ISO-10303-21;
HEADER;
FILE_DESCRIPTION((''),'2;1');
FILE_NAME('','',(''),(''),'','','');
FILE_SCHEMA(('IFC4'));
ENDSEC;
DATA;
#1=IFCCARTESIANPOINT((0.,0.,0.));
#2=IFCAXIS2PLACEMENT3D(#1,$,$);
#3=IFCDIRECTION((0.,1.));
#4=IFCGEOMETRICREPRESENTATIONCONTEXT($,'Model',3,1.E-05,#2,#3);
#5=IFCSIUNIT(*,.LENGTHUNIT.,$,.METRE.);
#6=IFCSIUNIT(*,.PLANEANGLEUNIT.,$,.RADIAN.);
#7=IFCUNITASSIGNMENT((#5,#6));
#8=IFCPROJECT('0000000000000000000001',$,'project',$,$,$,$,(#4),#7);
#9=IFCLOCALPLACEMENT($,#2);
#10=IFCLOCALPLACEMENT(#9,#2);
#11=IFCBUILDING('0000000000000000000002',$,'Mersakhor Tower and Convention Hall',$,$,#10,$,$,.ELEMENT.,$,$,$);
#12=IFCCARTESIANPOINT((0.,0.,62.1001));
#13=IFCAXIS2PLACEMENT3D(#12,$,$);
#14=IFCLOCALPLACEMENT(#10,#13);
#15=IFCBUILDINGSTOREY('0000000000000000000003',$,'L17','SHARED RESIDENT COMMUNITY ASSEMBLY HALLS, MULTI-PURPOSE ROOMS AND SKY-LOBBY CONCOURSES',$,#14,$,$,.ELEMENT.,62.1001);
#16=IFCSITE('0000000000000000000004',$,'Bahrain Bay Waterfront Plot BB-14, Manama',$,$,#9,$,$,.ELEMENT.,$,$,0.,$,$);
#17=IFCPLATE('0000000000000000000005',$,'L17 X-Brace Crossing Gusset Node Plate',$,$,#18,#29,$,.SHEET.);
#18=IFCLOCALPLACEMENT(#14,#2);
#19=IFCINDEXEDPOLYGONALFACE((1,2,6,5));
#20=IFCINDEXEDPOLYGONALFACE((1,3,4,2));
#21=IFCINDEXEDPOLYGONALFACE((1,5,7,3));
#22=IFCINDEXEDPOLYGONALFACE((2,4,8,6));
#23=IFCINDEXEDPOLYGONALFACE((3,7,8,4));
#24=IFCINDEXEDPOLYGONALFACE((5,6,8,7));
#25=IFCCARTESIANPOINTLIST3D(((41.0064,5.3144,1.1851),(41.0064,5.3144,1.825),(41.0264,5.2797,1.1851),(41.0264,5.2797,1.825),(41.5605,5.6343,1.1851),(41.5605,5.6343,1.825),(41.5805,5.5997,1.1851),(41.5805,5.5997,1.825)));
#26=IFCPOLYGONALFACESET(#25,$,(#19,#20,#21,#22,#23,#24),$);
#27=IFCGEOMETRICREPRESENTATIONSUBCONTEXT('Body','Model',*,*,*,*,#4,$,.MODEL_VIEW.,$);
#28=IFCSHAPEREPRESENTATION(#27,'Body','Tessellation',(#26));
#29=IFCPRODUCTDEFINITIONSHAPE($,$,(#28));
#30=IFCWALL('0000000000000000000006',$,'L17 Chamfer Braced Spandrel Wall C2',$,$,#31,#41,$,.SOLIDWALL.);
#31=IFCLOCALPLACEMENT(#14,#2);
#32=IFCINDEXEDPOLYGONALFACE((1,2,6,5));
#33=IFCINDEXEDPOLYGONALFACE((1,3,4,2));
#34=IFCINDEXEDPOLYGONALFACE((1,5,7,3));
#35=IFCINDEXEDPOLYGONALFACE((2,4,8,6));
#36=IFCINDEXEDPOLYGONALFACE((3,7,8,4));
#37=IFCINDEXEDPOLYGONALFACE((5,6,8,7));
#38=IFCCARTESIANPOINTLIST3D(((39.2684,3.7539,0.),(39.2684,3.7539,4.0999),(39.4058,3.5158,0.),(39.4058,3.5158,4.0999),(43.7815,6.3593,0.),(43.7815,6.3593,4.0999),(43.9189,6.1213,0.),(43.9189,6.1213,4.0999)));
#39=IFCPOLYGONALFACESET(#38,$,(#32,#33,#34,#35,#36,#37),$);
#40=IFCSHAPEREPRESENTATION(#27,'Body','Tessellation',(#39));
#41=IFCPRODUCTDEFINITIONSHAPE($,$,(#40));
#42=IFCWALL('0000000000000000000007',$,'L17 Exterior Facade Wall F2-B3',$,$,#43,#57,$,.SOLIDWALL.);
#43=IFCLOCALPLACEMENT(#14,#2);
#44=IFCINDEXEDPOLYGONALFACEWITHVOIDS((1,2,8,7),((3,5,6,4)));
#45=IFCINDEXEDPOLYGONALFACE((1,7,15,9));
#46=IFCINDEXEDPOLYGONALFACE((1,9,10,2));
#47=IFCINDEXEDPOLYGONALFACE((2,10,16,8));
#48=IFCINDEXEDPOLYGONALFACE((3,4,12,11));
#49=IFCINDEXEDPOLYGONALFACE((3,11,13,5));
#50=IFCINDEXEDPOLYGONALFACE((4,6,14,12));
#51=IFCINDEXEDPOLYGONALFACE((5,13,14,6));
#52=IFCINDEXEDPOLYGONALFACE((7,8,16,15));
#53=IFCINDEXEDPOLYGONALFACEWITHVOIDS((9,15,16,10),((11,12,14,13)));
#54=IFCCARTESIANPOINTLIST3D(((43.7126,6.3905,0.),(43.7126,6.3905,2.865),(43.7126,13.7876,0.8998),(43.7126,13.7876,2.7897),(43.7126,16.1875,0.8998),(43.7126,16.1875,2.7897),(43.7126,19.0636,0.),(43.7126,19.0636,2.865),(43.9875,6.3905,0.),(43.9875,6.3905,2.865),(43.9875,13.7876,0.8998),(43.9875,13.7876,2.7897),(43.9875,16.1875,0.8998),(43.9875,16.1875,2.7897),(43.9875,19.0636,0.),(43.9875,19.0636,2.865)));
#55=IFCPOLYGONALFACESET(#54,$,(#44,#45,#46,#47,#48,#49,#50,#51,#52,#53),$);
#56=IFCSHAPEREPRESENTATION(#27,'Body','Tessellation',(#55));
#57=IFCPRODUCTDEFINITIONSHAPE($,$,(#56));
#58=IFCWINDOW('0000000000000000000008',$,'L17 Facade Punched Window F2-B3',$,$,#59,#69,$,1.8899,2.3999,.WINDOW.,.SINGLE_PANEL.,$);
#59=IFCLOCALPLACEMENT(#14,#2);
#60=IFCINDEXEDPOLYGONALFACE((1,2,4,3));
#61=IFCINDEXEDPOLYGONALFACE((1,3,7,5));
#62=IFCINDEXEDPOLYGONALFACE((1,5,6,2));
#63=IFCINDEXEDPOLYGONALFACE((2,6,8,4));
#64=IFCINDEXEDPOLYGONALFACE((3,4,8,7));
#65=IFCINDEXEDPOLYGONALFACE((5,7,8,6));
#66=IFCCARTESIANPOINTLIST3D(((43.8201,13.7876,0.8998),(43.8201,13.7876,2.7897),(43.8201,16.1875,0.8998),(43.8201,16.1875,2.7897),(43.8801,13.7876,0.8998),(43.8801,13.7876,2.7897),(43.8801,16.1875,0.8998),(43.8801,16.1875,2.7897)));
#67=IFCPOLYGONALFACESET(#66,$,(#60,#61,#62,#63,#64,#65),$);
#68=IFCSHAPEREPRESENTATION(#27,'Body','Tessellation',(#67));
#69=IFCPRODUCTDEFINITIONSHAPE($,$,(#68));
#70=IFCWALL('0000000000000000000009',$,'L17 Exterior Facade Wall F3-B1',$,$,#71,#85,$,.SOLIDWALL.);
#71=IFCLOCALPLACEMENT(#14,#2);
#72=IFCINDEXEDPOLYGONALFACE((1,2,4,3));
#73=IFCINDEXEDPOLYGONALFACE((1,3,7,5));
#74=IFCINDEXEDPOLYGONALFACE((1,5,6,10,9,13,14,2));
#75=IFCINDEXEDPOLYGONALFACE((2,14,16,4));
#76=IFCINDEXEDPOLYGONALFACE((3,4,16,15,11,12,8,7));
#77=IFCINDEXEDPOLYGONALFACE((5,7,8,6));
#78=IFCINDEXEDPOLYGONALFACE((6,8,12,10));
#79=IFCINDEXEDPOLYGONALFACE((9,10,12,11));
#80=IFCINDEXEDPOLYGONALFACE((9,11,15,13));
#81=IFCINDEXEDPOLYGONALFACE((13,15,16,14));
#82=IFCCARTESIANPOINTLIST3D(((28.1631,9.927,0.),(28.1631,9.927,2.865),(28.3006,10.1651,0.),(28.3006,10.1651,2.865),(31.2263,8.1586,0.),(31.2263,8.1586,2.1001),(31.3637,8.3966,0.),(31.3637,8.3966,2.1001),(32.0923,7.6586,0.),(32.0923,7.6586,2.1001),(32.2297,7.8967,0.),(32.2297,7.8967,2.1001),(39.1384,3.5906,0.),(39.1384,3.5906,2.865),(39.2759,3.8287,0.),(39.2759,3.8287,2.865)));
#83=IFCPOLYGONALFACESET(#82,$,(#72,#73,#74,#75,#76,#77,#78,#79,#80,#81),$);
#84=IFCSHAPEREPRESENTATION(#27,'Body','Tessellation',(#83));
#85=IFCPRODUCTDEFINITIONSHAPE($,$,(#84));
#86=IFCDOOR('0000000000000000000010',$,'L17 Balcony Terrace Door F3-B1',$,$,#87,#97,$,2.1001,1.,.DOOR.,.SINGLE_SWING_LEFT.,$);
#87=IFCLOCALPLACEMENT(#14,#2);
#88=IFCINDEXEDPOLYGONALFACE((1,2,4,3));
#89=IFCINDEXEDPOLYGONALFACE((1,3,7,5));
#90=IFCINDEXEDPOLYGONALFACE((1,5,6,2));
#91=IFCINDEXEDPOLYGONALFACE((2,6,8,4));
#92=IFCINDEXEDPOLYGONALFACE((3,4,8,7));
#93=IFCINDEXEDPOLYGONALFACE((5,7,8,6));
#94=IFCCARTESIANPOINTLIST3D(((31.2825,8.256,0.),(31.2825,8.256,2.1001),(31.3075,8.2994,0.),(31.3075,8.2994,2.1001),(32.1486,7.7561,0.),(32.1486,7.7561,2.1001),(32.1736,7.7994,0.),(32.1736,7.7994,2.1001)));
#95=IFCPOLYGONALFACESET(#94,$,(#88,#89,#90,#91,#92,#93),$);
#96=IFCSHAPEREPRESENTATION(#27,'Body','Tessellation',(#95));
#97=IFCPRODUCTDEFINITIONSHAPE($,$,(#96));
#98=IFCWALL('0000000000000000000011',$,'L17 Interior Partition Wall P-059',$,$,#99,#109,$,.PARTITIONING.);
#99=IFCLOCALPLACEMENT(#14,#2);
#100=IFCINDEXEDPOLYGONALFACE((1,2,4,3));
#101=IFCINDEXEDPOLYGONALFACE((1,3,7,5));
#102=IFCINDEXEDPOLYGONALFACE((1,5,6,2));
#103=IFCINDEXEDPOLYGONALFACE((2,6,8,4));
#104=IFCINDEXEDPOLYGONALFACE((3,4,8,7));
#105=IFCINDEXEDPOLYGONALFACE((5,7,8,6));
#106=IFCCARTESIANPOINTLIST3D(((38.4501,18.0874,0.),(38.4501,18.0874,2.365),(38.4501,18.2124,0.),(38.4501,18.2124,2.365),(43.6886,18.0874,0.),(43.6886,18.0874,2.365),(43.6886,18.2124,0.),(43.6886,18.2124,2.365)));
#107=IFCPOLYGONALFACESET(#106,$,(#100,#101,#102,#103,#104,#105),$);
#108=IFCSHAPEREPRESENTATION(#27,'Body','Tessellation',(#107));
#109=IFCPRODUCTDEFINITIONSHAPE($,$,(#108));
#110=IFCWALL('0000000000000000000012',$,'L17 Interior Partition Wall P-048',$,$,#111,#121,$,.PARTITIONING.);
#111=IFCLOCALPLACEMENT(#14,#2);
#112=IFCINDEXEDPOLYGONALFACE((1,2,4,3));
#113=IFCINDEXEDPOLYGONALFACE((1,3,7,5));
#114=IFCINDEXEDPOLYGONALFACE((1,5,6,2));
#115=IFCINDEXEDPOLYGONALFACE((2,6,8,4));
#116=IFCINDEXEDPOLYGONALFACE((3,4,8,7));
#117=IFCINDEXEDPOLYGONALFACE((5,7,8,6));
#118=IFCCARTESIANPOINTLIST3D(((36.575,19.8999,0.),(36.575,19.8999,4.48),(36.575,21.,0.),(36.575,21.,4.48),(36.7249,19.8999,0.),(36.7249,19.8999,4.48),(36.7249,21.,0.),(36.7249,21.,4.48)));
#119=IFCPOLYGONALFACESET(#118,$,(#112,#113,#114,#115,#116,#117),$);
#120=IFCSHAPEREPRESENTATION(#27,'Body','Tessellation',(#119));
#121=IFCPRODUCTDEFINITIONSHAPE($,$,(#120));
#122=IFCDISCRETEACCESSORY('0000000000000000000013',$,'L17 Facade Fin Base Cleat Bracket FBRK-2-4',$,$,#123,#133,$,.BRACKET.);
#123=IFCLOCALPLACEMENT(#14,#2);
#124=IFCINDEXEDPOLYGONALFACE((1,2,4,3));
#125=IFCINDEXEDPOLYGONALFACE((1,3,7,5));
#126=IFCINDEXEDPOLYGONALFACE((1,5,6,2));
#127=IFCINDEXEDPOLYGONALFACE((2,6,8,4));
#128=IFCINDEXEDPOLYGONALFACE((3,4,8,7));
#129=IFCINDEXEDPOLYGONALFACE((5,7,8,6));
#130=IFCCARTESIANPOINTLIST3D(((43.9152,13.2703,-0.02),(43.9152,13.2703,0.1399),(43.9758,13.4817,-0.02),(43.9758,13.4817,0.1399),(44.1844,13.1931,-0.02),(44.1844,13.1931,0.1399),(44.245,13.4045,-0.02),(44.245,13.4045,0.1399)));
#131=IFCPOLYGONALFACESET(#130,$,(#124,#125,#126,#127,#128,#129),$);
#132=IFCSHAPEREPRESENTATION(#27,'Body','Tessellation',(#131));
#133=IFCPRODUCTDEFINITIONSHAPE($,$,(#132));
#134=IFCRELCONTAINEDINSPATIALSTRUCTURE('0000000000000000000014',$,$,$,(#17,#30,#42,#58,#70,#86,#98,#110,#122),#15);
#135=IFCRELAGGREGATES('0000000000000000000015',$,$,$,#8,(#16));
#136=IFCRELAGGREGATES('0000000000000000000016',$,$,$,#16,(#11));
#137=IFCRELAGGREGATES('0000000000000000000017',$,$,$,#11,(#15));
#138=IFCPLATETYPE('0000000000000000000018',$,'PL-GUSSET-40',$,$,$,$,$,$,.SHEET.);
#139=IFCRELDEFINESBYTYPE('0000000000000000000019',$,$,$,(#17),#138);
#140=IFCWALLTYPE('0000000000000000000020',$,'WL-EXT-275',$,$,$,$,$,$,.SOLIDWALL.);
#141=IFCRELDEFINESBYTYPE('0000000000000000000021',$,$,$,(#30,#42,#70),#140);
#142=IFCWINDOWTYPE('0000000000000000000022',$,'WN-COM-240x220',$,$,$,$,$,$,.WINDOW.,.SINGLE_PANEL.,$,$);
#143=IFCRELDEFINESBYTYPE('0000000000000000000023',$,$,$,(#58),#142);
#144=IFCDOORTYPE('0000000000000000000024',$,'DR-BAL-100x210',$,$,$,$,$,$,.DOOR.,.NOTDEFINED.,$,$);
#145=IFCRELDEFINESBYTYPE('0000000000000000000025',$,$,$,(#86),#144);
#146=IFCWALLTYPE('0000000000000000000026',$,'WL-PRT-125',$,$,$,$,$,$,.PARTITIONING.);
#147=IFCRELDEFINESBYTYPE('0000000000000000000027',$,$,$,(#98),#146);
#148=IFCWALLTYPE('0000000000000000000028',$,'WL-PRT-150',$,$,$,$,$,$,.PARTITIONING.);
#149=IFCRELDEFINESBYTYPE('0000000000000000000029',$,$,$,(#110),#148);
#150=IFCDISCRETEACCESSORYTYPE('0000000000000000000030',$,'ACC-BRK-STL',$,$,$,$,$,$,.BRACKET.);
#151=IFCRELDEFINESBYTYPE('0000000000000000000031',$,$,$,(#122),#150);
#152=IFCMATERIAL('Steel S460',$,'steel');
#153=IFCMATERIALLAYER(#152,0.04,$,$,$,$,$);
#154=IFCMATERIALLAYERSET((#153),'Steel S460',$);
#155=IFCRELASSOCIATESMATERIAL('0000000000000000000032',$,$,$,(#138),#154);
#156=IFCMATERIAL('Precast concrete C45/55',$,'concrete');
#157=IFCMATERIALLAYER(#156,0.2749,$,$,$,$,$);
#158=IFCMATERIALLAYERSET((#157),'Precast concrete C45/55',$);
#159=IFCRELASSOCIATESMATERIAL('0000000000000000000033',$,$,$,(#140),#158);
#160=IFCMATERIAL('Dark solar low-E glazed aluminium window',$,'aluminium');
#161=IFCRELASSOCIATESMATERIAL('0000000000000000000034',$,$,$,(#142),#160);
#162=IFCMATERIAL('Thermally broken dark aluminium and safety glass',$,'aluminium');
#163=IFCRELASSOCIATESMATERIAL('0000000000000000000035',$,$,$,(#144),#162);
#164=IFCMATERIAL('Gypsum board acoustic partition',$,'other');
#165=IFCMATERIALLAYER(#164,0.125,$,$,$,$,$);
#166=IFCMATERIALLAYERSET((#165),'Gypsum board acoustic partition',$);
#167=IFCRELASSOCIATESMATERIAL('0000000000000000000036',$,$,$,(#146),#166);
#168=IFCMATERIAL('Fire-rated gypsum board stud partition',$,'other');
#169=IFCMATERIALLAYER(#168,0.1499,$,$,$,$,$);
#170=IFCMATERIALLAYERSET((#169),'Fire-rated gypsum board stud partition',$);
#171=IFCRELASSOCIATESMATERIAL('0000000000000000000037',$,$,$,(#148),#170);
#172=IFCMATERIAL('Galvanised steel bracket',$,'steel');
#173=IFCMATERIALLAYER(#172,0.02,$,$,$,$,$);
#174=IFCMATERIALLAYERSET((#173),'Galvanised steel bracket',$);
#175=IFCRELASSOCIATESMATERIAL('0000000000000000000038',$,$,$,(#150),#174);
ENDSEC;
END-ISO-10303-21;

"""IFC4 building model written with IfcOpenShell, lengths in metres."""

from ifc_helpers import new_model, si_unit, direction, frame, frame_2d, origin, origin_2d, place, context, subcontext, project, spatial, rectangle, extrude, material, layer, layer_set, type_object, element, fill, save


model = new_model("IFC4")

# Units and contexts
model_context = context("Model", 3, precision=1e-05, world=origin(), true_north=direction((0.0, 1.0)))
body_context = subcontext(model_context, "Body", "Model", "MODEL_VIEW")
ifc_project = project(units=[si_unit("LENGTHUNIT", "METRE"), si_unit("PLANEANGLEUNIT", "RADIAN")], contexts=[model_context])

# Site, building, storey
site_placement = place(None, origin())
site = spatial("IfcSite", under=ifc_project, at=site_placement, Name="Bahrain Bay Waterfront Plot BB-14, Manama", CompositionType="ELEMENT", RefElevation=0.0)
building_placement = place(site_placement, origin())
building = spatial("IfcBuilding", under=site, at=building_placement, Name="Mersakhor Tower and Convention Hall", CompositionType="ELEMENT")
storey_placement = place(building_placement, frame((0.0, 0.0, 62.1001)))
storey = spatial("IfcBuildingStorey", under=building, at=storey_placement, Name="L17", Description="SHARED RESIDENT COMMUNITY ASSEMBLY HALLS, MULTI-PURPOSE ROOMS AND SKY-LOBBY CONCOURSES", CompositionType="ELEMENT", Elevation=62.1001)

# Plate
ifc_material_1 = material(Name="Steel S460", Category="steel")
ifc_layer_1 = layer(ifc_material_1, 0.04)
ifc_layer_set_1 = layer_set([ifc_layer_1], Name="Steel S460")
plate_type_1 = type_object("IfcPlateType", Name="PL-GUSSET-40", PredefinedType="SHEET", material=ifc_layer_set_1)
plate_1_placement = place(storey_placement, frame((41.2935, 5.457, 1.1851), z_axis=(0.0, 0.0, 1.0), x_axis=(0.866025, 0.5, 0.0)))
element("IfcPlate", 1, at=plate_1_placement, inside=storey, type_object=plate_type_1, Name="L17 X-Brace Crossing Gusset Node Plate", PredefinedType="SHEET", context=body_context, shape_type="SweptSolid", body=[
    extrude(rectangle(XDim=0.6399, YDim=0.04, at=origin_2d()), origin(), (0.0, 0.0, 1.0), 0.6399),
])

# Wall
ifc_material_2 = material(Name="Precast concrete C45/55", Category="concrete")
ifc_layer_2 = layer(ifc_material_2, 0.2749)
ifc_layer_set_2 = layer_set([ifc_layer_2], Name="Precast concrete C45/55")
wall_type_1 = type_object("IfcWallType", Name="WL-EXT-275", PredefinedType="SOLIDWALL", material=ifc_layer_set_2)
wall_1_placement = place(storey_placement, frame((43.8501, 6.2402, 0.0), z_axis=(0.0, 0.0, 1.0), x_axis=(-0.866044, -0.499968, 0.0)))
element("IfcWall", 2, at=wall_1_placement, inside=storey, type_object=wall_type_1, Name="L17 Chamfer Braced Spandrel Wall C2", PredefinedType="SOLIDWALL", context=body_context, shape_type="SweptSolid", body=[
    extrude(rectangle(XDim=5.2112, YDim=0.2749, at=frame_2d((2.6055, 0.0))), origin(), (0.0, 0.0, 1.0), 4.0999),
])

# Wall, opening, window
wall_2_placement = place(storey_placement, frame((43.8501, 19.0635, 0.0), z_axis=(0.0, 0.0, 1.0), x_axis=(0.0, -1.0, 0.0)))
wall_2 = element("IfcWall", 3, at=wall_2_placement, inside=storey, type_object=wall_type_1, Name="L17 Exterior Facade Wall F2-B3", PredefinedType="SOLIDWALL", context=body_context, shape_type="SweptSolid", body=[
    extrude(rectangle(XDim=12.6731, YDim=0.2749, at=frame_2d((6.3364, 0.0))), origin(), (0.0, 0.0, 1.0), 2.865),
])
opening_1_placement = place(wall_2_placement, frame((2.876, 0.0, 0.8999)))
opening_1 = element("IfcOpeningElement", 4, at=opening_1_placement, cuts=wall_2, PredefinedType="OPENING", context=body_context, shape_type="SweptSolid", body=[
    extrude(rectangle(XDim=2.3999, YDim=1.8899, at=frame_2d((1.2, 0.9448))), frame((0.0, 0.1475, 0.0), z_axis=(0.0, -1.0, 0.0), x_axis=(1.0, 0.0, 0.0)), (0.0, 0.0, 1.0), 0.2949),
])
ifc_material_3 = material(Name="Dark solar low-E glazed aluminium window", Category="aluminium")
window_type = type_object("IfcWindowType", Name="WN-COM-240x220", PartitioningType="SINGLE_PANEL", PredefinedType="WINDOW", material=ifc_material_3)
window_placement = place(opening_1_placement, origin())
window = element("IfcWindow", 5, at=window_placement, inside=storey, type_object=window_type, Name="L17 Facade Punched Window F2-B3", OverallHeight=1.8899, OverallWidth=2.3999, PartitioningType="SINGLE_PANEL", PredefinedType="WINDOW", context=body_context, shape_type="SweptSolid", body=[
    extrude(rectangle(XDim=2.3999, YDim=1.8899, at=frame_2d((1.2, 0.9448))), frame((0.0, 0.03, 0.0), z_axis=(0.0, -1.0, 0.0), x_axis=(1.0, 0.0, 0.0)), (0.0, 0.0, 1.0), 0.0601),
])
fill(opening_1, window)

# Wall, opening, door
wall_3_placement = place(storey_placement, frame((39.207, 3.7097, 0.0), z_axis=(0.0, 0.0, 1.0), x_axis=(-0.866032, 0.499989, 0.0)))
wall_3 = element("IfcWall", 6, at=wall_3_placement, inside=storey, type_object=wall_type_1, Name="L17 Exterior Facade Wall F3-B1", PredefinedType="SOLIDWALL", context=body_context, shape_type="SweptSolid", body=[
    extrude(rectangle(XDim=12.6731, YDim=0.2749, at=frame_2d((6.3364, 0.0))), origin(), (0.0, 0.0, 1.0), 2.865),
])
opening_2_placement = place(wall_3_placement, frame((8.136, 0.0, 0.0)))
opening_2 = element("IfcOpeningElement", 7, at=opening_2_placement, cuts=wall_3, PredefinedType="OPENING", context=body_context, shape_type="SweptSolid", body=[
    extrude(rectangle(XDim=1.0, YDim=2.1001, at=frame_2d((0.5, 1.05))), frame((0.0, 0.1475, 0.0), z_axis=(0.0, -1.0, 0.0), x_axis=(1.0, 0.0, 0.0)), (0.0, 0.0, 1.0), 0.2949),
])
ifc_material_4 = material(Name="Thermally broken dark aluminium and safety glass", Category="aluminium")
door_type_1 = type_object("IfcDoorType", Name="DR-BAL-100x210", OperationType="NOTDEFINED", PredefinedType="DOOR", material=ifc_material_4)
door_1_placement = place(opening_2_placement, origin())
door_1 = element("IfcDoor", 8, at=door_1_placement, inside=storey, type_object=door_type_1, Name="L17 Balcony Terrace Door F3-B1", OperationType="SINGLE_SWING_LEFT", OverallHeight=2.1001, OverallWidth=1.0, PredefinedType="DOOR", context=body_context, shape_type="SweptSolid", body=[
    extrude(rectangle(XDim=1.0, YDim=2.1001, at=frame_2d((0.5, 1.05))), frame((0.0, 0.0249, 0.0), z_axis=(0.0, -1.0, 0.0), x_axis=(1.0, 0.0, 0.0)), (0.0, 0.0, 1.0), 0.05),
])
fill(opening_2, door_1)

# Wall
ifc_material_5 = material(Name="Gypsum board acoustic partition", Category="other")
ifc_layer_3 = layer(ifc_material_5, 0.125)
ifc_layer_set_3 = layer_set([ifc_layer_3], Name="Gypsum board acoustic partition")
wall_type_2 = type_object("IfcWallType", Name="WL-PRT-125", PredefinedType="PARTITIONING", material=ifc_layer_set_3)
wall_4_placement = place(storey_placement, frame((43.6885, 18.1499, 0.0), z_axis=(0.0, 0.0, 1.0), x_axis=(-1.0, 0.0, 0.0)))
element("IfcWall", 9, at=wall_4_placement, inside=storey, type_object=wall_type_2, Name="L17 Interior Partition Wall P-059", PredefinedType="PARTITIONING", context=body_context, shape_type="SweptSolid", body=[
    extrude(rectangle(XDim=5.2385, YDim=0.125, at=frame_2d((2.6191, 0.0))), origin(), (0.0, 0.0, 1.0), 2.365),
])

# Shared definitions
ifc_material_6 = material(Name="Fire-rated gypsum board stud partition", Category="other")
ifc_layer_4 = layer(ifc_material_6, 0.1499)
ifc_layer_set_4 = layer_set([ifc_layer_4], Name="Fire-rated gypsum board stud partition")
wall_type_3 = type_object("IfcWallType", Name="WL-PRT-150", PredefinedType="PARTITIONING", material=ifc_layer_set_4)

# Wall
wall_5_placement = place(storey_placement, frame((36.6499, 19.8999, 0.0), z_axis=(0.0, 0.0, 1.0), x_axis=(0.0, 1.0, 0.0)))
element("IfcWall", 10, at=wall_5_placement, inside=storey, type_object=wall_type_3, Name="L17 Interior Partition Wall P-048", PredefinedType="PARTITIONING", context=body_context, shape_type="SweptSolid", body=[
    extrude(rectangle(XDim=1.1001, YDim=0.1499, at=frame_2d((0.55, 0.0))), origin(), (0.0, 0.0, 1.0), 4.48),
])

# Discrete accessory
ifc_material_7 = material(Name="Galvanised steel bracket", Category="steel")
ifc_layer_5 = layer(ifc_material_7, 0.02)
ifc_layer_set_5 = layer_set([ifc_layer_5], Name="Galvanised steel bracket")
discrete_accessory_type = type_object("IfcDiscreteAccessoryType", Name="ACC-BRK-STL", PredefinedType="BRACKET", material=ifc_layer_set_5)
discrete_accessory_placement = place(storey_placement, frame((44.0801, 13.3374, -0.02), z_axis=(0.0, 0.0, 1.0), x_axis=(0.961262, -0.275637, 0.0)))
element("IfcDiscreteAccessory", 11, at=discrete_accessory_placement, inside=storey, type_object=discrete_accessory_type, Name="L17 Facade Fin Base Cleat Bracket FBRK-2-4", PredefinedType="BRACKET", context=body_context, shape_type="SweptSolid", body=[
    extrude(rectangle(XDim=0.28, YDim=0.22, at=origin_2d()), origin(), (0.0, 0.0, 1.0), 0.1599),
])

save(model, "model.ifc")
